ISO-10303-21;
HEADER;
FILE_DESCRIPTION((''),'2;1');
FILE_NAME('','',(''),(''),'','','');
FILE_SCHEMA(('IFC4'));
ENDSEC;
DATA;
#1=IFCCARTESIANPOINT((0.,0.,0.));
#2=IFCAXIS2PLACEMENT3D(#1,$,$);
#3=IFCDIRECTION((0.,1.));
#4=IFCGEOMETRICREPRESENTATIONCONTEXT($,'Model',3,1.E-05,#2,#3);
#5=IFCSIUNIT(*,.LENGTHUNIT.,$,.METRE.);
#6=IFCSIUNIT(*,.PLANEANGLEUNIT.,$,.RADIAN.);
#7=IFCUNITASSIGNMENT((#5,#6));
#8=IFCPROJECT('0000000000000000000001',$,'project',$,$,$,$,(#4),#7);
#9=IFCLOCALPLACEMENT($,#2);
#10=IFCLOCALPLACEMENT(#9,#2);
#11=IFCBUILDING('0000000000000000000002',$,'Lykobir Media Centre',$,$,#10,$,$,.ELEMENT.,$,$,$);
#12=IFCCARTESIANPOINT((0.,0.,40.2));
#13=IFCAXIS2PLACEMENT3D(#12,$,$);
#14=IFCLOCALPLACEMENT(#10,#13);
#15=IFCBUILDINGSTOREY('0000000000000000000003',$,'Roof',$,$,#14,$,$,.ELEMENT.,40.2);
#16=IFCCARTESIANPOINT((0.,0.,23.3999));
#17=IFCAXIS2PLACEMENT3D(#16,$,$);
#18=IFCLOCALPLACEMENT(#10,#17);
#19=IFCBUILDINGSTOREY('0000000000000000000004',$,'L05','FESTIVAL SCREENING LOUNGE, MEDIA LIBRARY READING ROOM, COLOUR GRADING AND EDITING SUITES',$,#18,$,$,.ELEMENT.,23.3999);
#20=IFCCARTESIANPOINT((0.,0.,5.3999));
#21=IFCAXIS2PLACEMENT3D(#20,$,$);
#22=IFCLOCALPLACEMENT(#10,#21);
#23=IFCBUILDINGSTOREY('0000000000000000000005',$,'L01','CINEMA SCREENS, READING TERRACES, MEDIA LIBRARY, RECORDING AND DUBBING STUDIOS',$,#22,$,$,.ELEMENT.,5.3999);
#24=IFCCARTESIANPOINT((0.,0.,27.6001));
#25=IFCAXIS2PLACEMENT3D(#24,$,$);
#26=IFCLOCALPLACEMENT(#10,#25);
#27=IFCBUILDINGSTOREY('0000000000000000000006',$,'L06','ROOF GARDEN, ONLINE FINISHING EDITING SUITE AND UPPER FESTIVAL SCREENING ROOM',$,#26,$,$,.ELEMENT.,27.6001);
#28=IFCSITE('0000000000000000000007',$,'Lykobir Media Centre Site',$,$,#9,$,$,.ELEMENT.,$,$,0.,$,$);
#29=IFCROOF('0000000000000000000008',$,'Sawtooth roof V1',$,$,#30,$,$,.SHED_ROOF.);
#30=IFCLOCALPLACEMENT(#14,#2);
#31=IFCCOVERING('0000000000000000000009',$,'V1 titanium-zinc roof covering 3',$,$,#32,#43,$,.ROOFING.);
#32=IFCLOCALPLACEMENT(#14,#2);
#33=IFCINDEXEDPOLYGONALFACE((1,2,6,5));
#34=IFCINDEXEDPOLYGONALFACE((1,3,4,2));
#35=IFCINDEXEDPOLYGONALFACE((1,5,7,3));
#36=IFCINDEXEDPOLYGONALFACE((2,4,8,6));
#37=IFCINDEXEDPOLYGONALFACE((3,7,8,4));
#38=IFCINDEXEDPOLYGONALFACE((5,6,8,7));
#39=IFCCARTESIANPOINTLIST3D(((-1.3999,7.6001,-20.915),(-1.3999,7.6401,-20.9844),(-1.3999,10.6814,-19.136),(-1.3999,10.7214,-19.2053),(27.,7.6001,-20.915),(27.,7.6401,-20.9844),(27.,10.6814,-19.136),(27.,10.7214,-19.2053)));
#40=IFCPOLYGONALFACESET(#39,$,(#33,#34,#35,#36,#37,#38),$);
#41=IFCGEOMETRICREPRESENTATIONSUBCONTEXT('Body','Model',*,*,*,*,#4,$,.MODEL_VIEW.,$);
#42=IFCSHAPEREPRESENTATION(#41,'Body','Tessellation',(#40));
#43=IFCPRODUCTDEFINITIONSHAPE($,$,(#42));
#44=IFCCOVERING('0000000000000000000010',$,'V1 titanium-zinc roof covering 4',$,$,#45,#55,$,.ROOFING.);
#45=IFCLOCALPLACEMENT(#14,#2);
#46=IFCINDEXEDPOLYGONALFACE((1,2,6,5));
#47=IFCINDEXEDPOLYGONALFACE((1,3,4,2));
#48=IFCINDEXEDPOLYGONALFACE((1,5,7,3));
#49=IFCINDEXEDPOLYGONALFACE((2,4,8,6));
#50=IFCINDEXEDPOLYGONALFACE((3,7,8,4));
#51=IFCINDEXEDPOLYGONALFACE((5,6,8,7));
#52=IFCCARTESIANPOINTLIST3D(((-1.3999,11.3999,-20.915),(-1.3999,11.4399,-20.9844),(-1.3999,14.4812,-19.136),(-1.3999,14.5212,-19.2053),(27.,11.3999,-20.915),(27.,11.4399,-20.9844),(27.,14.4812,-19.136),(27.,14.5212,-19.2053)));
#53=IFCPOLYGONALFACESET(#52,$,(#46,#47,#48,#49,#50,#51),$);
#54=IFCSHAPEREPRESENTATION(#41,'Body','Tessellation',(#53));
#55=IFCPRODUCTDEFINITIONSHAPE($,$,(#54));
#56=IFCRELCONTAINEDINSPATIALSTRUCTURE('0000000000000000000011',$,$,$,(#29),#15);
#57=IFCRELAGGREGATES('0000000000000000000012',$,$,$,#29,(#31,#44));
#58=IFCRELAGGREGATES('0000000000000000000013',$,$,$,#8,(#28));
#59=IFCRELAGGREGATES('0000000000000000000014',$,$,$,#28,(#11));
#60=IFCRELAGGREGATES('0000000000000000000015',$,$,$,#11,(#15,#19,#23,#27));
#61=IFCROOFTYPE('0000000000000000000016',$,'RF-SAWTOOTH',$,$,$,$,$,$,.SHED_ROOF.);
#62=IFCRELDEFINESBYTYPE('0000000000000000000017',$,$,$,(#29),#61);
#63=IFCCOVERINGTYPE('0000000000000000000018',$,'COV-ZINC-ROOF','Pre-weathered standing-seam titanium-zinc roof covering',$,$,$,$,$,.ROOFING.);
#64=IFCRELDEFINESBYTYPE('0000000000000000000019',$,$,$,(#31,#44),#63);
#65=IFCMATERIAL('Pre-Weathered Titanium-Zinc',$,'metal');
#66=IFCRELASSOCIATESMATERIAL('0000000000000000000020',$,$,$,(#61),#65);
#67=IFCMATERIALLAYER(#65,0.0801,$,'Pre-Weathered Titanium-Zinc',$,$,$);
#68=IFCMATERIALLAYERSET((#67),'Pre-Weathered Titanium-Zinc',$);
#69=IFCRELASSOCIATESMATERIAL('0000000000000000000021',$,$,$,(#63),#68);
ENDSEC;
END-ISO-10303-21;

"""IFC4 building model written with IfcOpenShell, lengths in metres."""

from ifc_helpers import new_model, si_unit, direction, frame, origin, place, context, subcontext, project, spatial, polyline, outline, extrude, material, layer, layer_set, type_object, element, aggregate, save


model = new_model("IFC4")

# Units and contexts
model_context = context("Model", 3, precision=1e-05, world=origin(), true_north=direction((0.0, 1.0)))
body_context = subcontext(model_context, "Body", "Model", "MODEL_VIEW")
ifc_project = project(units=[si_unit("LENGTHUNIT", "METRE"), si_unit("PLANEANGLEUNIT", "RADIAN")], contexts=[model_context])

# Site, building, storey
site_placement = place(None, origin())
site = spatial("IfcSite", under=ifc_project, at=site_placement, Name="Lykobir Media Centre Site", CompositionType="ELEMENT", RefElevation=0.0)
building_placement = place(site_placement, origin())
building = spatial("IfcBuilding", under=site, at=building_placement, Name="Lykobir Media Centre", CompositionType="ELEMENT")
storey_1_placement = place(building_placement, frame((0.0, 0.0, 40.2)))
storey_1 = spatial("IfcBuildingStorey", under=building, at=storey_1_placement, Name="Roof", CompositionType="ELEMENT", Elevation=40.2)

# Shared definitions
storey_2_placement = place(building_placement, frame((0.0, 0.0, 23.3999)))
storey_2 = spatial("IfcBuildingStorey", under=building, at=storey_2_placement, Name="L05", Description="FESTIVAL SCREENING LOUNGE, MEDIA LIBRARY READING ROOM, COLOUR GRADING AND EDITING SUITES", CompositionType="ELEMENT", Elevation=23.3999)

# Shared definitions
storey_3_placement = place(building_placement, frame((0.0, 0.0, 5.3999)))
storey_3 = spatial("IfcBuildingStorey", under=building, at=storey_3_placement, Name="L01", Description="CINEMA SCREENS, READING TERRACES, MEDIA LIBRARY, RECORDING AND DUBBING STUDIOS", CompositionType="ELEMENT", Elevation=5.3999)

# Shared definitions
storey_4_placement = place(building_placement, frame((0.0, 0.0, 27.6001)))
storey_4 = spatial("IfcBuildingStorey", under=building, at=storey_4_placement, Name="L06", Description="ROOF GARDEN, ONLINE FINISHING EDITING SUITE AND UPPER FESTIVAL SCREENING ROOM", CompositionType="ELEMENT", Elevation=27.6001)

# Roof, coverings
ifc_material_1 = material(Name="Pre-Weathered Titanium-Zinc", Category="metal")
roof_type = type_object("IfcRoofType", Name="RF-SAWTOOTH", PredefinedType="SHED_ROOF", material=ifc_material_1)
roof_placement = place(storey_1_placement, origin())
roof = element("IfcRoof", 1, at=roof_placement, inside=storey_1, type_object=roof_type, Name="Sawtooth roof V1", PredefinedType="SHED_ROOF")
ifc_layer_1 = layer(ifc_material_1, 0.0801, Name="Pre-Weathered Titanium-Zinc")
ifc_layer_set_1 = layer_set([ifc_layer_1], Name="Pre-Weathered Titanium-Zinc")
covering_type_1 = type_object("IfcCoveringType", Name="COV-ZINC-ROOF", Description="Pre-weathered standing-seam titanium-zinc roof covering", PredefinedType="ROOFING", material=ifc_layer_set_1)
covering_1_placement = place(storey_1_placement, frame((-1.3999, 7.6001, -20.915), z_axis=(0.0, -0.500013, 0.866018), x_axis=(1.0, 0.0, 0.0)))
covering_1 = element("IfcCovering", 2, at=covering_1_placement, type_object=covering_type_1, Name="V1 titanium-zinc roof covering 3", PredefinedType="ROOFING", context=body_context, shape_type="SweptSolid", body=[
    extrude(outline(polyline([(0.0, 0.0), (28.3999, 0.0), (28.3999, 3.558), (0.0, 3.558), (0.0, 0.0)])), origin(), (0.0, 0.0, -1.0), 0.0801),
])
covering_2_placement = place(storey_1_placement, frame((-1.3999, 11.3999, -20.915), z_axis=(0.0, -0.500013, 0.866018), x_axis=(1.0, 0.0, 0.0)))
covering_2 = element("IfcCovering", 3, at=covering_2_placement, type_object=covering_type_1, Name="V1 titanium-zinc roof covering 4", PredefinedType="ROOFING", context=body_context, shape_type="SweptSolid", body=[
    extrude(outline(polyline([(0.0, 0.0), (28.3999, 0.0), (28.3999, 3.558), (0.0, 3.558), (0.0, 0.0)])), origin(), (0.0, 0.0, -1.0), 0.0801),
])
aggregate(roof, [covering_1, covering_2])

save(model, "model.ifc")
